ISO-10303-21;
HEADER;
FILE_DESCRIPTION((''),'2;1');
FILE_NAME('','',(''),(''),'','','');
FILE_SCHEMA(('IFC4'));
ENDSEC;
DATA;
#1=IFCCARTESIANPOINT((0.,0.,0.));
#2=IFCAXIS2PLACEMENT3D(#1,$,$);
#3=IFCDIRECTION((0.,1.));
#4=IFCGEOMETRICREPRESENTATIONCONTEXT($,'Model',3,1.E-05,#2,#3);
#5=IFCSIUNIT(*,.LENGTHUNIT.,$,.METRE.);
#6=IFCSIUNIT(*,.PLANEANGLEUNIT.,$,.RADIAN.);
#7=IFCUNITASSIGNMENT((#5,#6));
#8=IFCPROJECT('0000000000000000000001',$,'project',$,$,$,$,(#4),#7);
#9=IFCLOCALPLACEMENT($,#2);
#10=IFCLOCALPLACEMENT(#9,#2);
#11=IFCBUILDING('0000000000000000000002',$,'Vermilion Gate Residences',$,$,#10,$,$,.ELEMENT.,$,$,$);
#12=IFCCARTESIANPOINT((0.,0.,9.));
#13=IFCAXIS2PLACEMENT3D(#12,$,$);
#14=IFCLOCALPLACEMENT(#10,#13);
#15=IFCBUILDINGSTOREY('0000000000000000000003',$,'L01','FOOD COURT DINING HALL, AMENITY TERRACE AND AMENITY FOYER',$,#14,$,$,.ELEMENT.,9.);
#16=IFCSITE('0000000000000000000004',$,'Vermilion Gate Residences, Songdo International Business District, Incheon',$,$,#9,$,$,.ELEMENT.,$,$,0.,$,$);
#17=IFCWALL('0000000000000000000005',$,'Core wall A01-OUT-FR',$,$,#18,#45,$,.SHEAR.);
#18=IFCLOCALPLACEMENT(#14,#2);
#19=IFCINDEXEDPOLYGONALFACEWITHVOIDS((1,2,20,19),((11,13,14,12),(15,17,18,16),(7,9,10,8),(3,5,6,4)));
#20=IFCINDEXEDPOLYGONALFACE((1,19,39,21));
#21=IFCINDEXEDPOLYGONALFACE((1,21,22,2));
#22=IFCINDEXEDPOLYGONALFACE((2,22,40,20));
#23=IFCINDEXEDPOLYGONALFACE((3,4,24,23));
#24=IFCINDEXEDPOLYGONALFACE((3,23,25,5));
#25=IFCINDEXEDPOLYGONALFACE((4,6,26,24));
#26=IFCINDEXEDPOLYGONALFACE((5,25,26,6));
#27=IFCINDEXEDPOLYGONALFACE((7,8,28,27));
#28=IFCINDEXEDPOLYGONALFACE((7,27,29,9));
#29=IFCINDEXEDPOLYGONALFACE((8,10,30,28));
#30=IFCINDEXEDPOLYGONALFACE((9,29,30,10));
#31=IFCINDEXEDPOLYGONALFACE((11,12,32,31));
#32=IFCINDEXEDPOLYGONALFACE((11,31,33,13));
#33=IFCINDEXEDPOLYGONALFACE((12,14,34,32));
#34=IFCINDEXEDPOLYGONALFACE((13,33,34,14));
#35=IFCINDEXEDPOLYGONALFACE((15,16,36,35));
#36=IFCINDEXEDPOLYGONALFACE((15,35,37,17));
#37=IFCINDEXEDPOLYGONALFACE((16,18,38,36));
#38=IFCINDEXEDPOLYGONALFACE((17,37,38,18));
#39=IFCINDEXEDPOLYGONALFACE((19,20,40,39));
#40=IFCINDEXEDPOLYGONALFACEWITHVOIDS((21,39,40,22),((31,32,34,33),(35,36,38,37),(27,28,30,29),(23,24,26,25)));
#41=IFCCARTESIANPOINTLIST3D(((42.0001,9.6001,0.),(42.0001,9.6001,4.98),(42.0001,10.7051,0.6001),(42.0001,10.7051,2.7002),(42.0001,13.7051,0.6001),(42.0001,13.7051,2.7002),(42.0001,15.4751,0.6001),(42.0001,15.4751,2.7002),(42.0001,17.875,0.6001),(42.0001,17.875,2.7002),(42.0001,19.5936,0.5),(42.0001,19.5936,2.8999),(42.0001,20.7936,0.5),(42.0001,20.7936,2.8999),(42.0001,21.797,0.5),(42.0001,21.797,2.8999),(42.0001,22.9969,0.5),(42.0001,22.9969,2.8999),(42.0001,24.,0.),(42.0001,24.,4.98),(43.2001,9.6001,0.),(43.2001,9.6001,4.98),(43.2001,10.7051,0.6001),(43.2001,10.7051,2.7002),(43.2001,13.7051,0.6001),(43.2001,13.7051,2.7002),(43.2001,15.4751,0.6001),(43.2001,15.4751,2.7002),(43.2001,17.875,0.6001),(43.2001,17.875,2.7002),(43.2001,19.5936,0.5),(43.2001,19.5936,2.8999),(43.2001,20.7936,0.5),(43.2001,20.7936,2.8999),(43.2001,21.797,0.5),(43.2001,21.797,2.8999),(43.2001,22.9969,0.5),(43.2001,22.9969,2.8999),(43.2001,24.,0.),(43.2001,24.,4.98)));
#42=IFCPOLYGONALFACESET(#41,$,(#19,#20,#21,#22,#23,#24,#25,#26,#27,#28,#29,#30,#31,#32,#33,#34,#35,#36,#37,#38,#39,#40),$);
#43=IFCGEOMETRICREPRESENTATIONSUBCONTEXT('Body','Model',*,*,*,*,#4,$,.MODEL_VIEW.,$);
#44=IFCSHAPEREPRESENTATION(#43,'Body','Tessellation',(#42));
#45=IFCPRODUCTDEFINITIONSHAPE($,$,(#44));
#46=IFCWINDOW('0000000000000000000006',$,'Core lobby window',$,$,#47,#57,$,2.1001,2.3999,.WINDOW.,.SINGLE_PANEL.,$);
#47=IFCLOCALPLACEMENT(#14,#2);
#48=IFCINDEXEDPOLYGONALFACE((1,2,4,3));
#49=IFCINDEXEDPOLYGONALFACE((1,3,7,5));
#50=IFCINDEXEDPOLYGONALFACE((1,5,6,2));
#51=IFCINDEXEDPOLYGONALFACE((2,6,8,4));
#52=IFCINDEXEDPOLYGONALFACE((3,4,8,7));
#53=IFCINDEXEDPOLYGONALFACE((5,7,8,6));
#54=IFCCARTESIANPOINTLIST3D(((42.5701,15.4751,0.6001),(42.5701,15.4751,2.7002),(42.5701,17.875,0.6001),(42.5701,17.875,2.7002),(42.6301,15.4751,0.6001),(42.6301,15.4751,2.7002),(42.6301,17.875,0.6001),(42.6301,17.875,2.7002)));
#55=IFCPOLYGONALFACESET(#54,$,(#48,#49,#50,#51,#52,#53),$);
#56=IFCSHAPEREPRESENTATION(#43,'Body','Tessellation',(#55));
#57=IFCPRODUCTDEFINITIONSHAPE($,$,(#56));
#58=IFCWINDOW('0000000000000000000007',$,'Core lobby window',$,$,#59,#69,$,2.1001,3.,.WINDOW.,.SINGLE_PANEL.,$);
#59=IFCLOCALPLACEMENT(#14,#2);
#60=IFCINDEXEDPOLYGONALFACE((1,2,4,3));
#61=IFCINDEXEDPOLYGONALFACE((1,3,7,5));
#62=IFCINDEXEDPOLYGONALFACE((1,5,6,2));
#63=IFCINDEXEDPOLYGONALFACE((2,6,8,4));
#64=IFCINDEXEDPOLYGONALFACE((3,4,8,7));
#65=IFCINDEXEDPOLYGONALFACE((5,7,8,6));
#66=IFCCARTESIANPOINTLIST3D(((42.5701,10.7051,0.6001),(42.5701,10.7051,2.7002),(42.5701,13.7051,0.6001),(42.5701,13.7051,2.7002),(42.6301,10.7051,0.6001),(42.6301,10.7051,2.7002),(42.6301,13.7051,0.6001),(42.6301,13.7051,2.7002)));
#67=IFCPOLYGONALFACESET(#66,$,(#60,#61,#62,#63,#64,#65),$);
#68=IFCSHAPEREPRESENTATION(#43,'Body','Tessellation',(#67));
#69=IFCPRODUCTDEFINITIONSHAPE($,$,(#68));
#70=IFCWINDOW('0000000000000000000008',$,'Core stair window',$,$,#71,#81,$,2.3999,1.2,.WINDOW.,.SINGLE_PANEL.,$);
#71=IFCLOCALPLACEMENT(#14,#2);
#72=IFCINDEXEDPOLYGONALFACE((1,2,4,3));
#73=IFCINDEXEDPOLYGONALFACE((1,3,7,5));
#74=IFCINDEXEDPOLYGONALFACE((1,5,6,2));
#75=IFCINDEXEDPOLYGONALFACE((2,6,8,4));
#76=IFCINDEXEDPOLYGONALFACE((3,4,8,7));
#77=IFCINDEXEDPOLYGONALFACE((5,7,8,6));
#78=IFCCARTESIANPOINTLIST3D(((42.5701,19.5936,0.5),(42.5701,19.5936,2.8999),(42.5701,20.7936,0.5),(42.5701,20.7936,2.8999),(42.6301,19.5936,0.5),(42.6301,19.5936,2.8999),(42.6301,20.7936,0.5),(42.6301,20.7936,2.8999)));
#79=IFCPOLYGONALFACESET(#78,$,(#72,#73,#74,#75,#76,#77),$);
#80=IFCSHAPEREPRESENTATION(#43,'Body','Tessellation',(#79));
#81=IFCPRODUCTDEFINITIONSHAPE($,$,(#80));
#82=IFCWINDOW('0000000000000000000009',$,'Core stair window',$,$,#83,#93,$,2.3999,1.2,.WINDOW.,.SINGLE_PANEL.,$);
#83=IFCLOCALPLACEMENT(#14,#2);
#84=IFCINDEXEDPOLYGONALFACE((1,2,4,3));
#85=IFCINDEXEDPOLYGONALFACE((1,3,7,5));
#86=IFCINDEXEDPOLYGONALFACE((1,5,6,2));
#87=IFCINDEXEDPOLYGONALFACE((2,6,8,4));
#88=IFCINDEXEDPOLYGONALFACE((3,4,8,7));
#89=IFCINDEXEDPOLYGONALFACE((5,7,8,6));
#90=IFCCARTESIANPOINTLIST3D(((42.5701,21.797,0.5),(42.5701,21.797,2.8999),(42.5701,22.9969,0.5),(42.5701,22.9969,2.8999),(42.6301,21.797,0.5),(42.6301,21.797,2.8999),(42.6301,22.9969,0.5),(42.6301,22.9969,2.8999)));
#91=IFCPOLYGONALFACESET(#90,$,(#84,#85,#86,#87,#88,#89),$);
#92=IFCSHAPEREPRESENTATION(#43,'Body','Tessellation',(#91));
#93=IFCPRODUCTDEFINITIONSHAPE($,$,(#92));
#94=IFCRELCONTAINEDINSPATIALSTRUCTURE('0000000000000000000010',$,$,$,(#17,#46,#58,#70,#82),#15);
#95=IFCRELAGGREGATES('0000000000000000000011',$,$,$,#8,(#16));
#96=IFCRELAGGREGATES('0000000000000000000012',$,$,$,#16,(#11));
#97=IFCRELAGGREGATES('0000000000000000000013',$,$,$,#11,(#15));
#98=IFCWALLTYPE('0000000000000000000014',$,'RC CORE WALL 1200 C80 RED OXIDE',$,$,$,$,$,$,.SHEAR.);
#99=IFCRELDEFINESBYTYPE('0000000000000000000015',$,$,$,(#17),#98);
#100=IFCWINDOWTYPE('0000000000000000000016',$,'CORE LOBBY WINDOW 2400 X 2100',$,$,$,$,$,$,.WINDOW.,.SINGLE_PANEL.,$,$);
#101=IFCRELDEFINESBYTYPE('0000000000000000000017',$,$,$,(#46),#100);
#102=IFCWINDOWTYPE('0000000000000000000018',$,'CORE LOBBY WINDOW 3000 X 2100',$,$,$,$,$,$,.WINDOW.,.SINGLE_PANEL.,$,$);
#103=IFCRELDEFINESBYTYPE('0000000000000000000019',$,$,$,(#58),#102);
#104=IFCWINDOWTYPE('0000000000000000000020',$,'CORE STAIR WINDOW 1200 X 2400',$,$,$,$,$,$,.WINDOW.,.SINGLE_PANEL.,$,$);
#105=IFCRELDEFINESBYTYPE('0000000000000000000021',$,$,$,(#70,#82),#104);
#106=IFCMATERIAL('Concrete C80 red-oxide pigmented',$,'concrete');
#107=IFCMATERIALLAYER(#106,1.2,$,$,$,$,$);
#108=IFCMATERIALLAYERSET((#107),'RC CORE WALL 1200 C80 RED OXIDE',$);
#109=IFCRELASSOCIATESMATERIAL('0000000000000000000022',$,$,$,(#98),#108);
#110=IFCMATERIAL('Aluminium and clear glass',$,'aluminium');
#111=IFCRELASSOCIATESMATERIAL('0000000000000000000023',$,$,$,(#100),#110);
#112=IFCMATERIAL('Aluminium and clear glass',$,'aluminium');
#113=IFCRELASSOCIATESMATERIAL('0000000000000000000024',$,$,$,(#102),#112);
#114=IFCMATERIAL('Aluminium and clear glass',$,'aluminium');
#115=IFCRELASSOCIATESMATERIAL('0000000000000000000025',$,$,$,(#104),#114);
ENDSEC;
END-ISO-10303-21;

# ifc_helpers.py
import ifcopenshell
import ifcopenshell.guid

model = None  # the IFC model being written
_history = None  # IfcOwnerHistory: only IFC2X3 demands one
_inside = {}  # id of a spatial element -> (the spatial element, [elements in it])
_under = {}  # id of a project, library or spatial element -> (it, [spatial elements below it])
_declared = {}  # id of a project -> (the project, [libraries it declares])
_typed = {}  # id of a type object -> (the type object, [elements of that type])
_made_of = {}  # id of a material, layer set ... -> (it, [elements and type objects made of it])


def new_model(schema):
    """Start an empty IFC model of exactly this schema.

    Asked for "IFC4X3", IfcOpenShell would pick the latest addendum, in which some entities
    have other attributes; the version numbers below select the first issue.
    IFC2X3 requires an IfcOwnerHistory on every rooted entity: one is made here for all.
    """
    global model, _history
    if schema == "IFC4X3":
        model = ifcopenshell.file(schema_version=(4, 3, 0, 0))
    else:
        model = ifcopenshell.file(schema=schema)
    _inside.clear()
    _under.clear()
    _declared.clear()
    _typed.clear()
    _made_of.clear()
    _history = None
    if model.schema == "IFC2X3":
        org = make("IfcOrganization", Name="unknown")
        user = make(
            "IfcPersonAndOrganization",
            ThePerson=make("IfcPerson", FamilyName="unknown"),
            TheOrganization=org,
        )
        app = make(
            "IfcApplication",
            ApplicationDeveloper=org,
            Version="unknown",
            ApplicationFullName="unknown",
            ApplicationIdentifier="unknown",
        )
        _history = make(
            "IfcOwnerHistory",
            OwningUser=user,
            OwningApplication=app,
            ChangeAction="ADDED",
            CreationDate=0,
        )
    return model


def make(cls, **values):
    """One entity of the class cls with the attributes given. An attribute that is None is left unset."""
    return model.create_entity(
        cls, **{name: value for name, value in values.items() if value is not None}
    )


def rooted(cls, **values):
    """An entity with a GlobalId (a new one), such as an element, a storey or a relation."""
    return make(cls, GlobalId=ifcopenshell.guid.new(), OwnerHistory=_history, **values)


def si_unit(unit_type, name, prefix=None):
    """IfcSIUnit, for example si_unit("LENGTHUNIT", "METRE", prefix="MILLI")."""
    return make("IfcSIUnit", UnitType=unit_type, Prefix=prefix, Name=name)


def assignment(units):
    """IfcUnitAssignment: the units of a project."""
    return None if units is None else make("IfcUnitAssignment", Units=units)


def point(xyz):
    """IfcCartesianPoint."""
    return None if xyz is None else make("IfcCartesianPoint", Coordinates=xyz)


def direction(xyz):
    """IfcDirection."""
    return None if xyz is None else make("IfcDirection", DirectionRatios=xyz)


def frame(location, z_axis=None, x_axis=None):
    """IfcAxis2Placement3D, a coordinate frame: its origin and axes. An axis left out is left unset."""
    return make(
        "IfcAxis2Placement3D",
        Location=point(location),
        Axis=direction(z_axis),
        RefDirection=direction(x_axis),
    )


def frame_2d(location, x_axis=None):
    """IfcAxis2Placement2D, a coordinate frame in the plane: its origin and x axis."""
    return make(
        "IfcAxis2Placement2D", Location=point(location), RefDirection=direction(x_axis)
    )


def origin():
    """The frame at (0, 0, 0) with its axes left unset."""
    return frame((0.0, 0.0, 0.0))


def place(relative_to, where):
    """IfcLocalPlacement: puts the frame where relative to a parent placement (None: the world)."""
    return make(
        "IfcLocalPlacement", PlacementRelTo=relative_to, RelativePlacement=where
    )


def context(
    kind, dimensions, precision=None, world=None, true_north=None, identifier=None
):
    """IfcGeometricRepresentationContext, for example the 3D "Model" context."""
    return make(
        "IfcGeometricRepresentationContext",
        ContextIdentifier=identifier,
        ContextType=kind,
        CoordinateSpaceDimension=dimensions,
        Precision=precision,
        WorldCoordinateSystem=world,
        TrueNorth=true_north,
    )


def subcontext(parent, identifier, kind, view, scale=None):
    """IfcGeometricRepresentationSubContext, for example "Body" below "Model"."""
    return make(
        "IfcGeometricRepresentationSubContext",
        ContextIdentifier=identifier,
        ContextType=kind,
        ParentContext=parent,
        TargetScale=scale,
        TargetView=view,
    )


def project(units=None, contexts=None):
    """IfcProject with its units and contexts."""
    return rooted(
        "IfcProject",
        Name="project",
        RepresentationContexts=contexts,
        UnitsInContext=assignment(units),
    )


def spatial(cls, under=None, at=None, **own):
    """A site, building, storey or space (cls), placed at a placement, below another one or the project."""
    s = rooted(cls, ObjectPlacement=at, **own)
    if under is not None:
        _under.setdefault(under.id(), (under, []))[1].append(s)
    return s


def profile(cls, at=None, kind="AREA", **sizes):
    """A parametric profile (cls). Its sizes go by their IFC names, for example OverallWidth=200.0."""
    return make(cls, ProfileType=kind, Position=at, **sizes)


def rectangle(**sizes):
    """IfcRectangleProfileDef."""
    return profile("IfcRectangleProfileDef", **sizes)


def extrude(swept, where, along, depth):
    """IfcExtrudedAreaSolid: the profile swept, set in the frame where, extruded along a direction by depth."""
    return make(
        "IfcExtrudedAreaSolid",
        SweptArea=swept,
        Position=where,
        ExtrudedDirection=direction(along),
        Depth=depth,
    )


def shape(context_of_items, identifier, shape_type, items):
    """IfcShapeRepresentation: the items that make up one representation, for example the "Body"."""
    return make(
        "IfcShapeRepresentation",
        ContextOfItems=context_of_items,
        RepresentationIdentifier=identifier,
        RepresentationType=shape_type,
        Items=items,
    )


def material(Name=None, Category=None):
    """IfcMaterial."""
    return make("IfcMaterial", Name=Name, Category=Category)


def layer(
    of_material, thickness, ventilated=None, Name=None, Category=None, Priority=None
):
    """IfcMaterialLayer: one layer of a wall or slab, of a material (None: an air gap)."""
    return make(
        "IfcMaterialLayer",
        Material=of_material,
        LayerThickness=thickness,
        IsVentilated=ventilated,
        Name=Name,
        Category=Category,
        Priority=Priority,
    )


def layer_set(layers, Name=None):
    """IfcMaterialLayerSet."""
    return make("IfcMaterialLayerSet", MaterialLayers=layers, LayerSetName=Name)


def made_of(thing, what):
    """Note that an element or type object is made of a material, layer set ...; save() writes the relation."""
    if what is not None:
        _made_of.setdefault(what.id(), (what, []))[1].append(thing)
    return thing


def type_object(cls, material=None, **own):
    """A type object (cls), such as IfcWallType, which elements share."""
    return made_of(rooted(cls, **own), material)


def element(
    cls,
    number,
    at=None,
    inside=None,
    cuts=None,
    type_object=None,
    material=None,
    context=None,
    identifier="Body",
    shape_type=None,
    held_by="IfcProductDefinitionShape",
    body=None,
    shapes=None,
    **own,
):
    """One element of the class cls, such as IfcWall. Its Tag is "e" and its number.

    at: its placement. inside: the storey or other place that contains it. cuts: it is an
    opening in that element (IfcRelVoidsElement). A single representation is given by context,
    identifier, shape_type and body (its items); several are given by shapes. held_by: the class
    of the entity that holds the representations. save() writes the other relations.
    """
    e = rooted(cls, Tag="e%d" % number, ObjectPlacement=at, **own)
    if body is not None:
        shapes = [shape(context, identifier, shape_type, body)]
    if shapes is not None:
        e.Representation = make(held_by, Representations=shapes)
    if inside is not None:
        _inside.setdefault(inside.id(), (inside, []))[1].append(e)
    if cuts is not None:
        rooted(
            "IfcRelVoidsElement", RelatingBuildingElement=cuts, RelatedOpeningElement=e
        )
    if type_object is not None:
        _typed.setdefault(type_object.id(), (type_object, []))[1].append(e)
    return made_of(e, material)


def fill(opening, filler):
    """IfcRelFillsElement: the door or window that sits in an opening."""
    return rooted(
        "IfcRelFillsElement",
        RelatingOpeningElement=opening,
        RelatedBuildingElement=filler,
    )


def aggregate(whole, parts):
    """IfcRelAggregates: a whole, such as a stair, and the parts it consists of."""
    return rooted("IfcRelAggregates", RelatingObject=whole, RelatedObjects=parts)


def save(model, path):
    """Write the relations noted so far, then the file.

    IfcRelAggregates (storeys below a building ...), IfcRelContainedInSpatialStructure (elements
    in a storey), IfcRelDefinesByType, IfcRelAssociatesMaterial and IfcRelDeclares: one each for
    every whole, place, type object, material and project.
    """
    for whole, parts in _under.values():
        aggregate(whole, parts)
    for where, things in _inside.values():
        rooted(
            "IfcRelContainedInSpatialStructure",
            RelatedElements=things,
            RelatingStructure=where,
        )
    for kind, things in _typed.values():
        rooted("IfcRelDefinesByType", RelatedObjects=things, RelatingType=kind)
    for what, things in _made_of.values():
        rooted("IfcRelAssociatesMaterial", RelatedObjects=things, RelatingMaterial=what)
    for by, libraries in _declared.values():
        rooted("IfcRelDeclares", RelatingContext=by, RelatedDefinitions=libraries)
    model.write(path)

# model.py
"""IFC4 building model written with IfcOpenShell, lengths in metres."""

from ifc_helpers import new_model, si_unit, direction, frame, frame_2d, origin, place, context, subcontext, project, spatial, rectangle, extrude, material, layer, layer_set, type_object, element, fill, save


model = new_model("IFC4")

# Units and contexts
model_context = context("Model", 3, precision=1e-05, world=origin(), true_north=direction((0.0, 1.0)))
body_context = subcontext(model_context, "Body", "Model", "MODEL_VIEW")
ifc_project = project(units=[si_unit("LENGTHUNIT", "METRE"), si_unit("PLANEANGLEUNIT", "RADIAN")], contexts=[model_context])

# Site, building, storey
site_placement = place(None, origin())
site = spatial("IfcSite", under=ifc_project, at=site_placement, Name="Vermilion Gate Residences, Songdo International Business District, Incheon", CompositionType="ELEMENT", RefElevation=0.0)
building_placement = place(site_placement, origin())
building = spatial("IfcBuilding", under=site, at=building_placement, Name="Vermilion Gate Residences", CompositionType="ELEMENT")
storey_placement = place(building_placement, frame((0.0, 0.0, 9.0)))
storey = spatial("IfcBuildingStorey", under=building, at=storey_placement, Name="L01", Description="FOOD COURT DINING HALL, AMENITY TERRACE AND AMENITY FOYER", CompositionType="ELEMENT", Elevation=9.0)

# Wall, openings, windows
ifc_material_1 = material(Name="Concrete C80 red-oxide pigmented", Category="concrete")
ifc_layer_1 = layer(ifc_material_1, 1.2)
ifc_layer_set_1 = layer_set([ifc_layer_1], Name="RC CORE WALL 1200 C80 RED OXIDE")
wall_type_1 = type_object("IfcWallType", Name="RC CORE WALL 1200 C80 RED OXIDE", PredefinedType="SHEAR", material=ifc_layer_set_1)
wall_1_placement = place(storey_placement, frame((42.6001, 9.6001, 0.0), z_axis=(0.0, 0.0, 1.0), x_axis=(0.0, 1.0, 0.0)))
wall_1 = element("IfcWall", 1, at=wall_1_placement, inside=storey, type_object=wall_type_1, Name="Core wall A01-OUT-FR", PredefinedType="SHEAR", context=body_context, shape_type="SweptSolid", body=[
    extrude(rectangle(XDim=14.3999, YDim=1.2, at=frame_2d((7.2, 0.0))), origin(), (0.0, 0.0, 1.0), 4.98),
])
opening_1_placement = place(wall_1_placement, frame((1.105, 0.0, 0.6001)))
opening_1 = element("IfcOpeningElement", 2, at=opening_1_placement, cuts=wall_1, PredefinedType="OPENING", context=body_context, shape_type="SweptSolid", body=[
    extrude(rectangle(XDim=3.0, YDim=2.1001, at=frame_2d((1.5, 1.05))), frame((0.0, 0.6099, 0.0), z_axis=(0.0, -1.0, 0.0), x_axis=(1.0, 0.0, 0.0)), (0.0, 0.0, 1.0), 1.22),
])
opening_2_placement = place(wall_1_placement, frame((5.875, 0.0, 0.6001)))
opening_2 = element("IfcOpeningElement", 3, at=opening_2_placement, cuts=wall_1, PredefinedType="OPENING", context=body_context, shape_type="SweptSolid", body=[
    extrude(rectangle(XDim=2.3999, YDim=2.1001, at=frame_2d((1.2, 1.05))), frame((0.0, 0.6099, 0.0), z_axis=(0.0, -1.0, 0.0), x_axis=(1.0, 0.0, 0.0)), (0.0, 0.0, 1.0), 1.22),
])
opening_3_placement = place(wall_1_placement, frame((9.9934, 0.0, 0.5)))
opening_3 = element("IfcOpeningElement", 4, at=opening_3_placement, cuts=wall_1, PredefinedType="OPENING", context=body_context, shape_type="SweptSolid", body=[
    extrude(rectangle(XDim=1.2, YDim=2.3999, at=frame_2d((0.6001, 1.2))), frame((0.0, 0.6099, 0.0), z_axis=(0.0, -1.0, 0.0), x_axis=(1.0, 0.0, 0.0)), (0.0, 0.0, 1.0), 1.22),
])
opening_4_placement = place(wall_1_placement, frame((12.1968, 0.0, 0.5)))
opening_4 = element("IfcOpeningElement", 5, at=opening_4_placement, cuts=wall_1, PredefinedType="OPENING", context=body_context, shape_type="SweptSolid", body=[
    extrude(rectangle(XDim=1.2, YDim=2.3999, at=frame_2d((0.6001, 1.2))), frame((0.0, 0.6099, 0.0), z_axis=(0.0, -1.0, 0.0), x_axis=(1.0, 0.0, 0.0)), (0.0, 0.0, 1.0), 1.22),
])
ifc_material_2 = material(Name="Aluminium and clear glass", Category="aluminium")
window_type_1 = type_object("IfcWindowType", Name="CORE LOBBY WINDOW 2400 X 2100", PartitioningType="SINGLE_PANEL", PredefinedType="WINDOW", material=ifc_material_2)
window_1_placement = place(opening_2_placement, origin())
window_1 = element("IfcWindow", 6, at=window_1_placement, inside=storey, type_object=window_type_1, Name="Core lobby window", OverallHeight=2.1001, OverallWidth=2.3999, PartitioningType="SINGLE_PANEL", PredefinedType="WINDOW", context=body_context, shape_type="SweptSolid", body=[
    extrude(rectangle(XDim=2.3999, YDim=2.1001, at=frame_2d((1.2, 1.05))), frame((0.0, 0.03, 0.0), z_axis=(0.0, -1.0, 0.0), x_axis=(1.0, 0.0, 0.0)), (0.0, 0.0, 1.0), 0.0601),
])
fill(opening_2, window_1)
ifc_material_3 = material(Name="Aluminium and clear glass", Category="aluminium")
window_type_2 = type_object("IfcWindowType", Name="CORE LOBBY WINDOW 3000 X 2100", PartitioningType="SINGLE_PANEL", PredefinedType="WINDOW", material=ifc_material_3)
window_2_placement = place(opening_1_placement, origin())
window_2 = element("IfcWindow", 7, at=window_2_placement, inside=storey, type_object=window_type_2, Name="Core lobby window", OverallHeight=2.1001, OverallWidth=3.0, PartitioningType="SINGLE_PANEL", PredefinedType="WINDOW", context=body_context, shape_type="SweptSolid", body=[
    extrude(rectangle(XDim=3.0, YDim=2.1001, at=frame_2d((1.5, 1.05))), frame((0.0, 0.03, 0.0), z_axis=(0.0, -1.0, 0.0), x_axis=(1.0, 0.0, 0.0)), (0.0, 0.0, 1.0), 0.0601),
])
fill(opening_1, window_2)
ifc_material_4 = material(Name="Aluminium and clear glass", Category="aluminium")
window_type_3 = type_object("IfcWindowType", Name="CORE STAIR WINDOW 1200 X 2400", PartitioningType="SINGLE_PANEL", PredefinedType="WINDOW", material=ifc_material_4)
window_3_placement = place(opening_3_placement, origin())
window_3 = element("IfcWindow", 8, at=window_3_placement, inside=storey, type_object=window_type_3, Name="Core stair window", OverallHeight=2.3999, OverallWidth=1.2, PartitioningType="SINGLE_PANEL", PredefinedType="WINDOW", context=body_context, shape_type="SweptSolid", body=[
    extrude(rectangle(XDim=1.2, YDim=2.3999, at=frame_2d((0.6001, 1.2))), frame((0.0, 0.03, 0.0), z_axis=(0.0, -1.0, 0.0), x_axis=(1.0, 0.0, 0.0)), (0.0, 0.0, 1.0), 0.0601),
])
fill(opening_3, window_3)
window_4_placement = place(opening_4_placement, origin())
window_4 = element("IfcWindow", 9, at=window_4_placement, inside=storey, type_object=window_type_3, Name="Core stair window", OverallHeight=2.3999, OverallWidth=1.2, PartitioningType="SINGLE_PANEL", PredefinedType="WINDOW", context=body_context, shape_type="SweptSolid", body=[
    extrude(rectangle(XDim=1.2, YDim=2.3999, at=frame_2d((0.6001, 1.2))), frame((0.0, 0.03, 0.0), z_axis=(0.0, -1.0, 0.0), x_axis=(1.0, 0.0, 0.0)), (0.0, 0.0, 1.0), 0.0601),
])
fill(opening_4, window_4)

save(model, "model.ifc")
